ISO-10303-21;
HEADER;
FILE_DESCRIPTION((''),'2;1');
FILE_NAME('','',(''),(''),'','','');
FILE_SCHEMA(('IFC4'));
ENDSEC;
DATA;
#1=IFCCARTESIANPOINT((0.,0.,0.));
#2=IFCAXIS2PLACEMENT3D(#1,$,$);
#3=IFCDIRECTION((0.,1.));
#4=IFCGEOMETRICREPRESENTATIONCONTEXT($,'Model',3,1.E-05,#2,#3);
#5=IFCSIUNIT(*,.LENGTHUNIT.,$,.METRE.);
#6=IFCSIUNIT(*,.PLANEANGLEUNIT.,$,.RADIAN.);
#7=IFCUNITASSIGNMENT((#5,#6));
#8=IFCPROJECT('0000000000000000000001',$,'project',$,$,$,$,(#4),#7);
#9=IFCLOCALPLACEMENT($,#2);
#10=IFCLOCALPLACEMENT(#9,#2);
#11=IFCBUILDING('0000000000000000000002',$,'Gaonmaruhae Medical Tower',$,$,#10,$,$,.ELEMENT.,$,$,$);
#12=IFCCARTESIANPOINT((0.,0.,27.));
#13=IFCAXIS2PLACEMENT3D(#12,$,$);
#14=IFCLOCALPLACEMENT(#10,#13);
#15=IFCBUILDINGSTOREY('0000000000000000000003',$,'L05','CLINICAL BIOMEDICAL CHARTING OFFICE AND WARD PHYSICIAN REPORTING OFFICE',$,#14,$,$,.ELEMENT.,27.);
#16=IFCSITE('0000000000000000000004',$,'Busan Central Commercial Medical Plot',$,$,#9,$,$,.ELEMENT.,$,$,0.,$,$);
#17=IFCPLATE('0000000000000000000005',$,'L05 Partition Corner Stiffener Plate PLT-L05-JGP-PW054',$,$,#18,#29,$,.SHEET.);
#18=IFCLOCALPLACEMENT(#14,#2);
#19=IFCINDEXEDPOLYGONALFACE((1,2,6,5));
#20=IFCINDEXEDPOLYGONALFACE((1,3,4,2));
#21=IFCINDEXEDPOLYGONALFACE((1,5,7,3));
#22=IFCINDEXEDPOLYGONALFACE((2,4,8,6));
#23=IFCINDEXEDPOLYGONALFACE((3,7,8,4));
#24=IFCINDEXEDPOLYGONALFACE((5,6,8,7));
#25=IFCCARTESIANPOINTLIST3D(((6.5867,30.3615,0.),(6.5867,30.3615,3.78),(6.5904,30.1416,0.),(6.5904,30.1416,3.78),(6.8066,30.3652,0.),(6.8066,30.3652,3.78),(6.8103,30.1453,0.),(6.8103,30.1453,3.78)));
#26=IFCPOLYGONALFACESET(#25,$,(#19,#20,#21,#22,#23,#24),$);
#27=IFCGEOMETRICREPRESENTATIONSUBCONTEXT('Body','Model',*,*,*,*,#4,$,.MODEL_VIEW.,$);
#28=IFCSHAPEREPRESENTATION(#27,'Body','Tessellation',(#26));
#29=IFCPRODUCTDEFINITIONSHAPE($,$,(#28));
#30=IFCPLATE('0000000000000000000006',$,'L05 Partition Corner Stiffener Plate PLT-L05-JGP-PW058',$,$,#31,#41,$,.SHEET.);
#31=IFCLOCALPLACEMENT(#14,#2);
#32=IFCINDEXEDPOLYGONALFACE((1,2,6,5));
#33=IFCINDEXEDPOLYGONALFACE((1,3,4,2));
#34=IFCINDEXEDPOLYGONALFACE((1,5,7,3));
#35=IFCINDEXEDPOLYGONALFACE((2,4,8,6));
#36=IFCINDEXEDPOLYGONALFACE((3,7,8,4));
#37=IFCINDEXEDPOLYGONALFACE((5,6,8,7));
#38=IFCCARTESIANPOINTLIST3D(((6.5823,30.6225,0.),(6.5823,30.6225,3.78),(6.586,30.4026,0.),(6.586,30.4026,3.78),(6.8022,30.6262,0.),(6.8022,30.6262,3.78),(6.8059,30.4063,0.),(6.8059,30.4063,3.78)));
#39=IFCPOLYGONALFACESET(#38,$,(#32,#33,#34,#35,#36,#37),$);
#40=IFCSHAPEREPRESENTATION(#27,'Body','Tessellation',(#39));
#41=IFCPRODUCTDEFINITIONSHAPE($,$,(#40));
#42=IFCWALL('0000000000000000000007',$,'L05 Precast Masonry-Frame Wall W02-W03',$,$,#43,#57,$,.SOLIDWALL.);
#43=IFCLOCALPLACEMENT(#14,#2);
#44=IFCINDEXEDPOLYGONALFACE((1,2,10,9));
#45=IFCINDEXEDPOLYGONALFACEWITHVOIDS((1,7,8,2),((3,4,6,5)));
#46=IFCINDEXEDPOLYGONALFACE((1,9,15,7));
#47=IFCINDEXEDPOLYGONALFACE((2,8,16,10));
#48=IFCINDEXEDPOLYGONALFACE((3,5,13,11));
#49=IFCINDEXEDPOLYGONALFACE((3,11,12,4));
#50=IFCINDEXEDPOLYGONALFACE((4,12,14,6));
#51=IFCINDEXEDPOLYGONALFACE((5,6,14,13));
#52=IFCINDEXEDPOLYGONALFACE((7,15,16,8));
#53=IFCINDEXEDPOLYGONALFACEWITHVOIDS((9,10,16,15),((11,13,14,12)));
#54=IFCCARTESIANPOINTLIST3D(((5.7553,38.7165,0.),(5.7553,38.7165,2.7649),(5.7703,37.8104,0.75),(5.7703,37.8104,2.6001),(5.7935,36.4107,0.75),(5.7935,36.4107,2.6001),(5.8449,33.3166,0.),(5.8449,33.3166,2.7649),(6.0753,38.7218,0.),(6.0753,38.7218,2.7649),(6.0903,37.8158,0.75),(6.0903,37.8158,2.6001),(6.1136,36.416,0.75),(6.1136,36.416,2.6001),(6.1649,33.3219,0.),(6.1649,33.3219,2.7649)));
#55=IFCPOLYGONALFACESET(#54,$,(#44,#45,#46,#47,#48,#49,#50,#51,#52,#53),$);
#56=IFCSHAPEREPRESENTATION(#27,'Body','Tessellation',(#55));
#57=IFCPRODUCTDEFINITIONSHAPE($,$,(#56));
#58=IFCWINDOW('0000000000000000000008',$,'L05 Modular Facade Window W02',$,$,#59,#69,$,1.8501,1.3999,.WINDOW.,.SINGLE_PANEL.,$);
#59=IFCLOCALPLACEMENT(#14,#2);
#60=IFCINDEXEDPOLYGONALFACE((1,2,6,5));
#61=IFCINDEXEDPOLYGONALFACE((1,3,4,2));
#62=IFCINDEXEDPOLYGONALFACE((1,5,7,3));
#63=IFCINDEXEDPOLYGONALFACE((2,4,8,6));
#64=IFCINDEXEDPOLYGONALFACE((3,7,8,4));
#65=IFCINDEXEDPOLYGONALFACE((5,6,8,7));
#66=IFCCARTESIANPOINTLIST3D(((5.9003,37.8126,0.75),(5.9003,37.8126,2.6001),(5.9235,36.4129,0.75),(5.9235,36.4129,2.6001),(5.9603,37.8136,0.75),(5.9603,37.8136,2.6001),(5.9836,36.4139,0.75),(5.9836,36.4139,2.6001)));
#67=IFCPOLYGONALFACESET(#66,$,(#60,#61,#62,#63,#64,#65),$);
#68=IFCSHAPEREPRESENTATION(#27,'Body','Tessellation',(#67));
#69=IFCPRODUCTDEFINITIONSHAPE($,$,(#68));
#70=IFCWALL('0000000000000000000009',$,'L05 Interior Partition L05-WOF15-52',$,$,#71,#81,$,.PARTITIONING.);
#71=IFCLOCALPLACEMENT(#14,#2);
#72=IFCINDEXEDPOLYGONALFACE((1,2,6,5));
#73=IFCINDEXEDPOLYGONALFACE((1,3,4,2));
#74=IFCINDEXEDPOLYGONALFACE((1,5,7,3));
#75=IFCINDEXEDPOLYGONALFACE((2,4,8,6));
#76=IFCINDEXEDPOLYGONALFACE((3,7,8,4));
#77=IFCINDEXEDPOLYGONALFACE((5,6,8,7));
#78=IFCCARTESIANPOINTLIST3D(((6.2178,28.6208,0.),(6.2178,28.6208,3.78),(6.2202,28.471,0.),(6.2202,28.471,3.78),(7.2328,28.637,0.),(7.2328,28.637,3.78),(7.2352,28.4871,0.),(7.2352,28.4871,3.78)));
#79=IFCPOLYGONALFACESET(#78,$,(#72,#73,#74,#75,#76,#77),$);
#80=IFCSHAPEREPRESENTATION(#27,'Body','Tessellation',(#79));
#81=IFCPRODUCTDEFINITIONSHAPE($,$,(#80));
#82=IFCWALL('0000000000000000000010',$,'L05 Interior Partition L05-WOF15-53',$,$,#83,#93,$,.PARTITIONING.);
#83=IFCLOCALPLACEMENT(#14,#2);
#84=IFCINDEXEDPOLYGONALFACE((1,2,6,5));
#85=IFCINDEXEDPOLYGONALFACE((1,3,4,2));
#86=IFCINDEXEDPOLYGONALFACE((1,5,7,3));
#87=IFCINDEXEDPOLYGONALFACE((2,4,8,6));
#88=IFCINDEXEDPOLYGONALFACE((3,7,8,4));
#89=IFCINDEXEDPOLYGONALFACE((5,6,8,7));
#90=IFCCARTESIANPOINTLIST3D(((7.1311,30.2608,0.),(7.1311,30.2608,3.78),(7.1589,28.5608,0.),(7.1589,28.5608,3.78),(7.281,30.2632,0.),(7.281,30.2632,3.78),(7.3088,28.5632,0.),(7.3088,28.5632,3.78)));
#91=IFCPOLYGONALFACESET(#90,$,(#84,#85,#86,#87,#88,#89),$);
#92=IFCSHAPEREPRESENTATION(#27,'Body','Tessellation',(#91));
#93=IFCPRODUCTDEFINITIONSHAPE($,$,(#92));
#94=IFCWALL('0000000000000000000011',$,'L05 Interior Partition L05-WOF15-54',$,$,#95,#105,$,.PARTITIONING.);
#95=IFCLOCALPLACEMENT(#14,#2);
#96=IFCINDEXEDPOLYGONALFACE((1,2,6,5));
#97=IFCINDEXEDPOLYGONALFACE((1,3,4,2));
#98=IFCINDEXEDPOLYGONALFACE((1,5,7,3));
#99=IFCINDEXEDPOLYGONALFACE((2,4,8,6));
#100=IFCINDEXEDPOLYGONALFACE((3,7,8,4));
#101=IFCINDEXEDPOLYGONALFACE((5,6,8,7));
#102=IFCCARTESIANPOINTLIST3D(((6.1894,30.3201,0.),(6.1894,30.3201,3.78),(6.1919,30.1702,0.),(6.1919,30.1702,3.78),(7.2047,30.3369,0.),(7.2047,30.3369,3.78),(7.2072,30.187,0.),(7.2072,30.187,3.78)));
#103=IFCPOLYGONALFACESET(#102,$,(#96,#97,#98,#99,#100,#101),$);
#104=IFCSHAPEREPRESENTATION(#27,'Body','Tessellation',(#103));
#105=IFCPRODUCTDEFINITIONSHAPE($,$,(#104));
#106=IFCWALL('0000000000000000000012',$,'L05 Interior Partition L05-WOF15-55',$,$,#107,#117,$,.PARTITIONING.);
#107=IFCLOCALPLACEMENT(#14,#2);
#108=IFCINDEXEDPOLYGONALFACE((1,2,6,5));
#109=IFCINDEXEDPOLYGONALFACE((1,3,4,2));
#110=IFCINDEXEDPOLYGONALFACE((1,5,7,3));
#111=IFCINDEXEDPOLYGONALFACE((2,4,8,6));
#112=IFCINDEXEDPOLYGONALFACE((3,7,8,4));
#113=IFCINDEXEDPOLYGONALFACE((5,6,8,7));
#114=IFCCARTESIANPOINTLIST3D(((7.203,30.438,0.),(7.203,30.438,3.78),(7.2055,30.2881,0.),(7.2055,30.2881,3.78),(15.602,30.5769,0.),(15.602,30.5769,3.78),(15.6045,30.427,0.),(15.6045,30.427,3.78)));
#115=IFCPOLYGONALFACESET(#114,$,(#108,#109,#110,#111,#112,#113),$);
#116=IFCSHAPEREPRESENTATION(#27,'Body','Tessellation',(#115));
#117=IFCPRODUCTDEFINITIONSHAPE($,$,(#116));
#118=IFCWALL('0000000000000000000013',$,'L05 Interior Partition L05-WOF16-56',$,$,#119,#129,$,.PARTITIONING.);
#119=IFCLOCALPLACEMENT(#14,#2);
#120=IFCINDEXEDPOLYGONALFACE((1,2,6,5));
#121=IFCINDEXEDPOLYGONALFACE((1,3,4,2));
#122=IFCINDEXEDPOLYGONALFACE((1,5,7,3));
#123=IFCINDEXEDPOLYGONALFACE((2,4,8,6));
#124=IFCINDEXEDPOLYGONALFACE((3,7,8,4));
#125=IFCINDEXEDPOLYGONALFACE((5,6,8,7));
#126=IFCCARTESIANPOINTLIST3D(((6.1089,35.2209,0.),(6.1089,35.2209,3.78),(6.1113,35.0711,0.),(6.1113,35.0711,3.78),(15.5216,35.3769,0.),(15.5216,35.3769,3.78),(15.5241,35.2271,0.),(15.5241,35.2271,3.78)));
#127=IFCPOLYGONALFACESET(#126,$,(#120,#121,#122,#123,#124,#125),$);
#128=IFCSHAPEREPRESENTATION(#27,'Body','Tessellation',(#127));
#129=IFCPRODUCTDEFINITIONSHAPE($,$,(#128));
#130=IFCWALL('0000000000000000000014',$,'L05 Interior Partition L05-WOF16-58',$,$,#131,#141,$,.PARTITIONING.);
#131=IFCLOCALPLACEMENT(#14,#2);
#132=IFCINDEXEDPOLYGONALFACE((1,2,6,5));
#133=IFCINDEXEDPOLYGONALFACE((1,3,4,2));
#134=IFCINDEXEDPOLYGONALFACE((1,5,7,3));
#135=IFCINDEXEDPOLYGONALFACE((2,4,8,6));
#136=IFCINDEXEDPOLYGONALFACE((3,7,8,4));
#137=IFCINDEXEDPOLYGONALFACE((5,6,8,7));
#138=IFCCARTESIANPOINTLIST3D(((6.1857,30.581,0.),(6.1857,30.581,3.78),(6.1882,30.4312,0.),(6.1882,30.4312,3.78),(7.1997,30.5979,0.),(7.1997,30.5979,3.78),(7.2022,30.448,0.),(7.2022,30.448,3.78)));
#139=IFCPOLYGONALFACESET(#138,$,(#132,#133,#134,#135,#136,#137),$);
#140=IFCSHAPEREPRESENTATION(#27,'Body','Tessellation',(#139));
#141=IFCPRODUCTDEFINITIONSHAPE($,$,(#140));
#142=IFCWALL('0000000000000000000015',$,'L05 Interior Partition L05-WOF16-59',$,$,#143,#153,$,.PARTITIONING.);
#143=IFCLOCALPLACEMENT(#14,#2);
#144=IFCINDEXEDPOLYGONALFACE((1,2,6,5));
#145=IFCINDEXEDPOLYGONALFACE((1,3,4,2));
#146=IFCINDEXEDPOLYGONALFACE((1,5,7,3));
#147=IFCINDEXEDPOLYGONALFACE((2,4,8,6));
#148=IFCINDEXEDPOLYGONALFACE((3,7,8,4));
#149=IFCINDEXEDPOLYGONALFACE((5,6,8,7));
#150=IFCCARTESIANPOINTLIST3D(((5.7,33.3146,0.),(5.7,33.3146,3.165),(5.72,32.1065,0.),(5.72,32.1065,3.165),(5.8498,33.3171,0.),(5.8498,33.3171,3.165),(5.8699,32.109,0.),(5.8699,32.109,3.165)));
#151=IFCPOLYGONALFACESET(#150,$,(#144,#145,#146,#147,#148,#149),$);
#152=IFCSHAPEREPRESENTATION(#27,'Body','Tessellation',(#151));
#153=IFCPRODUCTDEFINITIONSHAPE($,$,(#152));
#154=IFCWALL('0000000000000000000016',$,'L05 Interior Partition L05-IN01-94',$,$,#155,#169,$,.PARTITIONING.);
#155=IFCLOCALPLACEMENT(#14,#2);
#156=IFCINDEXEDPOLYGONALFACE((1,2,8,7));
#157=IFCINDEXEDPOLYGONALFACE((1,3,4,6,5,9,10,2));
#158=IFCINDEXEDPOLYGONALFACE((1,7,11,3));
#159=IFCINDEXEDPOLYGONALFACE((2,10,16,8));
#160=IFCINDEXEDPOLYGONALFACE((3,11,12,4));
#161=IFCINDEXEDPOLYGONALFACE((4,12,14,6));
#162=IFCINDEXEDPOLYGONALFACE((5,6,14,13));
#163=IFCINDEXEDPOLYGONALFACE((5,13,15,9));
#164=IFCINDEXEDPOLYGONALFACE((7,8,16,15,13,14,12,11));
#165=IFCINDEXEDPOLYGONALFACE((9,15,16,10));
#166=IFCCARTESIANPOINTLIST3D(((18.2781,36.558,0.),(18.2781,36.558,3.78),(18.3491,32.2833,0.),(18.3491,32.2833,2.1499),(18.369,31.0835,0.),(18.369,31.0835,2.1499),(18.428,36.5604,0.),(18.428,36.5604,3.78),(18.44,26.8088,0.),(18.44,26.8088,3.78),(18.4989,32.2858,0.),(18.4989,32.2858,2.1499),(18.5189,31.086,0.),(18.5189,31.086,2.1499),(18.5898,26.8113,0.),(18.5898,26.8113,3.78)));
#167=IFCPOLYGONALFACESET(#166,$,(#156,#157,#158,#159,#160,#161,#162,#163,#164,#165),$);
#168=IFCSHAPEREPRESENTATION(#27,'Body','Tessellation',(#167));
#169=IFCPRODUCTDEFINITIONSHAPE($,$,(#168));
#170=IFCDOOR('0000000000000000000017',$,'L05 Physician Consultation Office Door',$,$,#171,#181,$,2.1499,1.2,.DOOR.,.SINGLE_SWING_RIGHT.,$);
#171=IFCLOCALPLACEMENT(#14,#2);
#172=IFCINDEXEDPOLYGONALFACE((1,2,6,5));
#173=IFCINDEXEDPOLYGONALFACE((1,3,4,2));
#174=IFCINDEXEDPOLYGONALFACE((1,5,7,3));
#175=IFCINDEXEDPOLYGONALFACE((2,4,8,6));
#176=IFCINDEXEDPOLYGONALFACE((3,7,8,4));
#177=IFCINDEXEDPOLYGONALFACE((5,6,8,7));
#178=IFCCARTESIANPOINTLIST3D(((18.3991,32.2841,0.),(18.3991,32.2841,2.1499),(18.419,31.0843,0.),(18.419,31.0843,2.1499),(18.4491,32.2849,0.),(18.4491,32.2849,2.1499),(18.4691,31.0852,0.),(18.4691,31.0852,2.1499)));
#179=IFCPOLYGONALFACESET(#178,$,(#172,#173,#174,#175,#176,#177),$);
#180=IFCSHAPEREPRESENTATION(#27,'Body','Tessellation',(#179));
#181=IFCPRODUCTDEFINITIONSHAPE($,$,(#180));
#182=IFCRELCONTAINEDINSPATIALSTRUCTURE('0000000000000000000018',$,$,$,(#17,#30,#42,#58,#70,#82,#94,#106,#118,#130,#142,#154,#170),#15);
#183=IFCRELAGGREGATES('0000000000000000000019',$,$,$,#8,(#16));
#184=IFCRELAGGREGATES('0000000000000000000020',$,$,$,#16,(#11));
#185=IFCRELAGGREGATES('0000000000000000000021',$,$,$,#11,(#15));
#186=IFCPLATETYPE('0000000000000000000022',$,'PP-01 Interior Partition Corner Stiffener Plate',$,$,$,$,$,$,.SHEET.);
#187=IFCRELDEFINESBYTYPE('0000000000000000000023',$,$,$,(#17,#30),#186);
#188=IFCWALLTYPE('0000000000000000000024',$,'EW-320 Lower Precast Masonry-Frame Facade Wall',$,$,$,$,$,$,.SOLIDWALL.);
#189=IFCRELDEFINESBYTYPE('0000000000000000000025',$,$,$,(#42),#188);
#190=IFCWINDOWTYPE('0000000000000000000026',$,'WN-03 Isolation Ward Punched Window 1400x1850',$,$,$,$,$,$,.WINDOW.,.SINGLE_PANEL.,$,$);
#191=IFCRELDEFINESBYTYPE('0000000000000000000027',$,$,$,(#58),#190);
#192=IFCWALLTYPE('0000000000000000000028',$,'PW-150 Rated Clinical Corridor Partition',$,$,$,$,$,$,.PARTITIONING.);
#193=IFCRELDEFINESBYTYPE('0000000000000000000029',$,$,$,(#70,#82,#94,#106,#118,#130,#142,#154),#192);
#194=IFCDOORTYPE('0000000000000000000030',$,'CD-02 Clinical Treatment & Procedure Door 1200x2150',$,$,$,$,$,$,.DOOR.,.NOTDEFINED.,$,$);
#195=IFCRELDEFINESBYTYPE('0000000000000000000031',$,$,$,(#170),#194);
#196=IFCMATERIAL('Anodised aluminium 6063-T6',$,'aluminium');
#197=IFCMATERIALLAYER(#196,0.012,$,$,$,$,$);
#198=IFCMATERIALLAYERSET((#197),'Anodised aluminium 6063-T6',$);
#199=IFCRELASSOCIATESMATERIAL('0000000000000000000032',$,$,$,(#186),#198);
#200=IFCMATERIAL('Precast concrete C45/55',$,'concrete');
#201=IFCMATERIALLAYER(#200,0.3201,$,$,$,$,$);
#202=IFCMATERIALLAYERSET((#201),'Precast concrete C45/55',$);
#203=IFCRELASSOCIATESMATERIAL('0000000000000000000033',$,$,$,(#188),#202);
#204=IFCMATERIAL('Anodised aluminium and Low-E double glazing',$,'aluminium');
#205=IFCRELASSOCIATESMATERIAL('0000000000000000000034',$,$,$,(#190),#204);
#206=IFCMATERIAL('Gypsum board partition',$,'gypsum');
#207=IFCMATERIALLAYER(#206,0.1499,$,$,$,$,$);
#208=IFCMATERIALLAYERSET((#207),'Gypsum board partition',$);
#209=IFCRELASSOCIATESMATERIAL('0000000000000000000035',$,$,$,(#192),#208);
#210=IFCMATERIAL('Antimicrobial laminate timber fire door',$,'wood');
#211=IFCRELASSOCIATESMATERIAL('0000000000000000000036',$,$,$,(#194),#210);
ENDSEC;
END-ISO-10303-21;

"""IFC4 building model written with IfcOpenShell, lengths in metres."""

from ifc_helpers import new_model, si_unit, direction, frame, frame_2d, origin, origin_2d, place, context, subcontext, project, spatial, rectangle, extrude, material, layer, layer_set, type_object, element, fill, save


model = new_model("IFC4")

# Units and contexts
model_context = context("Model", 3, precision=1e-05, world=origin(), true_north=direction((0.0, 1.0)))
body_context = subcontext(model_context, "Body", "Model", "MODEL_VIEW")
ifc_project = project(units=[si_unit("LENGTHUNIT", "METRE"), si_unit("PLANEANGLEUNIT", "RADIAN")], contexts=[model_context])

# Site, building, storey
site_placement = place(None, origin())
site = spatial("IfcSite", under=ifc_project, at=site_placement, Name="Busan Central Commercial Medical Plot", CompositionType="ELEMENT", RefElevation=0.0)
building_placement = place(site_placement, origin())
building = spatial("IfcBuilding", under=site, at=building_placement, Name="Gaonmaruhae Medical Tower", CompositionType="ELEMENT")
storey_placement = place(building_placement, frame((0.0, 0.0, 27.0)))
storey = spatial("IfcBuildingStorey", under=building, at=storey_placement, Name="L05", Description="CLINICAL BIOMEDICAL CHARTING OFFICE AND WARD PHYSICIAN REPORTING OFFICE", CompositionType="ELEMENT", Elevation=27.0)

# Plates
ifc_material_1 = material(Name="Anodised aluminium 6063-T6", Category="aluminium")
ifc_layer_1 = layer(ifc_material_1, 0.012)
ifc_layer_set_1 = layer_set([ifc_layer_1], Name="Anodised aluminium 6063-T6")
plate_type = type_object("IfcPlateType", Name="PP-01 Interior Partition Corner Stiffener Plate", PredefinedType="SHEET", material=ifc_layer_set_1)
for number, where, z_axis, x_axis, name in (
    (1, (6.6985, 30.2534, 0.0), (0.0, 0.0, 1.0), (-0.99986, -0.016754, 0.0), "L05 Partition Corner Stiffener Plate PLT-L05-JGP-PW054"),
    (2, (6.6941, 30.5144, 0.0), (0.0, 0.0, 1.0), (-0.99986, -0.016754, 0.0), "L05 Partition Corner Stiffener Plate PLT-L05-JGP-PW058"),
):
    element("IfcPlate", number, at=place(storey_placement, frame(where, z_axis=z_axis, x_axis=x_axis)), inside=storey, type_object=plate_type, Name=name, PredefinedType="SHEET", context=body_context, shape_type="SweptSolid", body=[
        extrude(rectangle(XDim=0.22, YDim=0.22, at=origin_2d()), origin(), (0.0, 0.0, 1.0), 3.78),
    ])

# Wall, opening, window
ifc_material_2 = material(Name="Precast concrete C45/55", Category="concrete")
ifc_layer_2 = layer(ifc_material_2, 0.3201)
ifc_layer_set_2 = layer_set([ifc_layer_2], Name="Precast concrete C45/55")
wall_type_1 = type_object("IfcWallType", Name="EW-320 Lower Precast Masonry-Frame Facade Wall", PredefinedType="SOLIDWALL", material=ifc_layer_set_2)
wall_1_placement = place(storey_placement, frame((6.0049, 33.3193, 0.0), z_axis=(0.0, 0.0, 1.0), x_axis=(-0.016591, 0.999862, 0.0)))
wall_1 = element("IfcWall", 3, at=wall_1_placement, inside=storey, type_object=wall_type_1, Name="L05 Precast Masonry-Frame Wall W02-W03", PredefinedType="SOLIDWALL", context=body_context, shape_type="SweptSolid", body=[
    extrude(rectangle(XDim=5.4006, YDim=0.3201, at=frame_2d((2.7002, 0.0))), origin(), (0.0, 0.0, 1.0), 2.7649),
])
opening_1_placement = place(wall_1_placement, frame((3.0945, 0.0, 0.75)))
opening_1 = element("IfcOpeningElement", 4, at=opening_1_placement, cuts=wall_1, PredefinedType="OPENING", context=body_context, shape_type="SweptSolid", body=[
    extrude(rectangle(XDim=1.3999, YDim=1.8501, at=frame_2d((0.7, 0.925))), frame((0.0, 0.1699, 0.0), z_axis=(0.0, -1.0, 0.0), x_axis=(1.0, 0.0, 0.0)), (0.0, 0.0, 1.0), 0.3401),
])
ifc_material_3 = material(Name="Anodised aluminium and Low-E double glazing", Category="aluminium")
window_type = type_object("IfcWindowType", Name="WN-03 Isolation Ward Punched Window 1400x1850", PartitioningType="SINGLE_PANEL", PredefinedType="WINDOW", material=ifc_material_3)
window_placement = place(opening_1_placement, origin())
window = element("IfcWindow", 5, at=window_placement, inside=storey, type_object=window_type, Name="L05 Modular Facade Window W02", OverallHeight=1.8501, OverallWidth=1.3999, PartitioningType="SINGLE_PANEL", PredefinedType="WINDOW", context=body_context, shape_type="SweptSolid", body=[
    extrude(rectangle(XDim=1.3999, YDim=1.8501, at=frame_2d((0.7, 0.925))), frame((0.0, 0.03, 0.0), z_axis=(0.0, -1.0, 0.0), x_axis=(1.0, 0.0, 0.0)), (0.0, 0.0, 1.0), 0.0601),
])
fill(opening_1, window)

# Shared definitions
ifc_material_4 = material(Name="Gypsum board partition", Category="gypsum")
ifc_layer_3 = layer(ifc_material_4, 0.1499)
ifc_layer_set_3 = layer_set([ifc_layer_3], Name="Gypsum board partition")
wall_type_2 = type_object("IfcWallType", Name="PW-150 Rated Clinical Corridor Partition", PredefinedType="PARTITIONING", material=ifc_layer_set_3)
ifc_material_5 = material(Name="Antimicrobial laminate timber fire door", Category="wood")
door_type_1 = type_object("IfcDoorType", Name="CD-02 Clinical Treatment & Procedure Door 1200x2150", OperationType="NOTDEFINED", PredefinedType="DOOR", material=ifc_material_5)

# Walls
wall_2_placement = place(storey_placement, frame((6.219, 28.5459, 0.0), z_axis=(0.0, 0.0, 1.0), x_axis=(0.999874, 0.015875, 0.0)))
element("IfcWall", 6, at=wall_2_placement, inside=storey, type_object=wall_type_2, Name="L05 Interior Partition L05-WOF15-52", PredefinedType="PARTITIONING", context=body_context, shape_type="SweptSolid", body=[
    extrude(rectangle(XDim=1.0151, YDim=0.1499, at=frame_2d((0.5076, 0.0))), origin(), (0.0, 0.0, 1.0), 3.78),
])
wall_3_placement = place(storey_placement, frame((7.2339, 28.562, 0.0), z_axis=(0.0, 0.0, 1.0), x_axis=(-0.01637, 0.999866, 0.0)))
element("IfcWall", 7, at=wall_3_placement, inside=storey, type_object=wall_type_2, Name="L05 Interior Partition L05-WOF15-53", PredefinedType="PARTITIONING", context=body_context, shape_type="SweptSolid", body=[
    extrude(rectangle(XDim=1.7002, YDim=0.1499, at=frame_2d((0.8501, 0.0))), origin(), (0.0, 0.0, 1.0), 3.78),
])
wall_4_placement = place(storey_placement, frame((7.2061, 30.262, 0.0), z_axis=(0.0, 0.0, 1.0), x_axis=(-0.999862, -0.016592, 0.0)))
element("IfcWall", 8, at=wall_4_placement, inside=storey, type_object=wall_type_2, Name="L05 Interior Partition L05-WOF15-54", PredefinedType="PARTITIONING", context=body_context, shape_type="SweptSolid", body=[
    extrude(rectangle(XDim=1.0154, YDim=0.1499, at=frame_2d((0.5078, 0.0))), origin(), (0.0, 0.0, 1.0), 3.78),
])
wall_5_placement = place(storey_placement, frame((7.2041, 30.363, 0.0), z_axis=(0.0, 0.0, 1.0), x_axis=(0.999863, 0.016537, 0.0)))
element("IfcWall", 9, at=wall_5_placement, inside=storey, type_object=wall_type_2, Name="L05 Interior Partition L05-WOF15-55", PredefinedType="PARTITIONING", context=body_context, shape_type="SweptSolid", body=[
    extrude(rectangle(XDim=8.4001, YDim=0.1499, at=frame_2d((4.2002, 0.0))), origin(), (0.0, 0.0, 1.0), 3.78),
])
wall_6_placement = place(storey_placement, frame((6.1101, 35.146, 0.0), z_axis=(0.0, 0.0, 1.0), x_axis=(0.999863, 0.016571, 0.0)))
element("IfcWall", 10, at=wall_6_placement, inside=storey, type_object=wall_type_2, Name="L05 Interior Partition L05-WOF16-56", PredefinedType="PARTITIONING", context=body_context, shape_type="SweptSolid", body=[
    extrude(rectangle(XDim=9.4141, YDim=0.1499, at=frame_2d((4.707, 0.0))), origin(), (0.0, 0.0, 1.0), 3.78),
])
wall_7_placement = place(storey_placement, frame((7.2009, 30.5229, 0.0), z_axis=(0.0, 0.0, 1.0), x_axis=(-0.999862, -0.016612, 0.0)))
element("IfcWall", 11, at=wall_7_placement, inside=storey, type_object=wall_type_2, Name="L05 Interior Partition L05-WOF16-58", PredefinedType="PARTITIONING", context=body_context, shape_type="SweptSolid", body=[
    extrude(rectangle(XDim=1.0142, YDim=0.1499, at=frame_2d((0.5071, 0.0))), origin(), (0.0, 0.0, 1.0), 3.78),
])
wall_8_placement = place(storey_placement, frame((5.7949, 32.1079, 0.0), z_axis=(0.0, 0.0, 1.0), x_axis=(-0.01657, 0.999863, 0.0)))
element("IfcWall", 12, at=wall_8_placement, inside=storey, type_object=wall_type_2, Name="L05 Interior Partition L05-WOF16-59", PredefinedType="PARTITIONING", context=body_context, shape_type="SweptSolid", body=[
    extrude(rectangle(XDim=1.2083, YDim=0.1499, at=frame_2d((0.604, 0.0))), origin(), (0.0, 0.0, 1.0), 3.165),
])

# Wall, opening, door
wall_9_placement = place(storey_placement, frame((18.5149, 26.8101, 0.0), z_axis=(0.0, 0.0, 1.0), x_axis=(-0.016601, 0.999862, 0.0)))
wall_9 = element("IfcWall", 13, at=wall_9_placement, inside=storey, type_object=wall_type_2, Name="L05 Interior Partition L05-IN01-94", PredefinedType="PARTITIONING", context=body_context, shape_type="SweptSolid", body=[
    extrude(rectangle(XDim=9.7505, YDim=0.1499, at=frame_2d((4.8752, 0.0))), origin(), (0.0, 0.0, 1.0), 3.78),
])
opening_2_placement = place(wall_9_placement, frame((4.2751, 0.0, 0.0)))
opening_2 = element("IfcOpeningElement", 14, at=opening_2_placement, cuts=wall_9, PredefinedType="OPENING", context=body_context, shape_type="SweptSolid", body=[
    extrude(rectangle(XDim=1.2, YDim=2.1499, at=frame_2d((0.6001, 1.075))), frame((0.0, 0.085, 0.0), z_axis=(0.0, -1.0, 0.0), x_axis=(1.0, 0.0, 0.0)), (0.0, 0.0, 1.0), 0.1699),
])
door_1_placement = place(opening_2_placement, origin())
door_1 = element("IfcDoor", 15, at=door_1_placement, inside=storey, type_object=door_type_1, Name="L05 Physician Consultation Office Door", OperationType="SINGLE_SWING_RIGHT", OverallHeight=2.1499, OverallWidth=1.2, PredefinedType="DOOR", context=body_context, shape_type="SweptSolid", body=[
    extrude(rectangle(XDim=1.2, YDim=2.1499, at=frame_2d((0.6001, 1.075))), frame((0.0, 0.0249, 0.0), z_axis=(0.0, -1.0, 0.0), x_axis=(1.0, 0.0, 0.0)), (0.0, 0.0, 1.0), 0.05),
])
fill(opening_2, door_1)

save(model, "model.ifc")
